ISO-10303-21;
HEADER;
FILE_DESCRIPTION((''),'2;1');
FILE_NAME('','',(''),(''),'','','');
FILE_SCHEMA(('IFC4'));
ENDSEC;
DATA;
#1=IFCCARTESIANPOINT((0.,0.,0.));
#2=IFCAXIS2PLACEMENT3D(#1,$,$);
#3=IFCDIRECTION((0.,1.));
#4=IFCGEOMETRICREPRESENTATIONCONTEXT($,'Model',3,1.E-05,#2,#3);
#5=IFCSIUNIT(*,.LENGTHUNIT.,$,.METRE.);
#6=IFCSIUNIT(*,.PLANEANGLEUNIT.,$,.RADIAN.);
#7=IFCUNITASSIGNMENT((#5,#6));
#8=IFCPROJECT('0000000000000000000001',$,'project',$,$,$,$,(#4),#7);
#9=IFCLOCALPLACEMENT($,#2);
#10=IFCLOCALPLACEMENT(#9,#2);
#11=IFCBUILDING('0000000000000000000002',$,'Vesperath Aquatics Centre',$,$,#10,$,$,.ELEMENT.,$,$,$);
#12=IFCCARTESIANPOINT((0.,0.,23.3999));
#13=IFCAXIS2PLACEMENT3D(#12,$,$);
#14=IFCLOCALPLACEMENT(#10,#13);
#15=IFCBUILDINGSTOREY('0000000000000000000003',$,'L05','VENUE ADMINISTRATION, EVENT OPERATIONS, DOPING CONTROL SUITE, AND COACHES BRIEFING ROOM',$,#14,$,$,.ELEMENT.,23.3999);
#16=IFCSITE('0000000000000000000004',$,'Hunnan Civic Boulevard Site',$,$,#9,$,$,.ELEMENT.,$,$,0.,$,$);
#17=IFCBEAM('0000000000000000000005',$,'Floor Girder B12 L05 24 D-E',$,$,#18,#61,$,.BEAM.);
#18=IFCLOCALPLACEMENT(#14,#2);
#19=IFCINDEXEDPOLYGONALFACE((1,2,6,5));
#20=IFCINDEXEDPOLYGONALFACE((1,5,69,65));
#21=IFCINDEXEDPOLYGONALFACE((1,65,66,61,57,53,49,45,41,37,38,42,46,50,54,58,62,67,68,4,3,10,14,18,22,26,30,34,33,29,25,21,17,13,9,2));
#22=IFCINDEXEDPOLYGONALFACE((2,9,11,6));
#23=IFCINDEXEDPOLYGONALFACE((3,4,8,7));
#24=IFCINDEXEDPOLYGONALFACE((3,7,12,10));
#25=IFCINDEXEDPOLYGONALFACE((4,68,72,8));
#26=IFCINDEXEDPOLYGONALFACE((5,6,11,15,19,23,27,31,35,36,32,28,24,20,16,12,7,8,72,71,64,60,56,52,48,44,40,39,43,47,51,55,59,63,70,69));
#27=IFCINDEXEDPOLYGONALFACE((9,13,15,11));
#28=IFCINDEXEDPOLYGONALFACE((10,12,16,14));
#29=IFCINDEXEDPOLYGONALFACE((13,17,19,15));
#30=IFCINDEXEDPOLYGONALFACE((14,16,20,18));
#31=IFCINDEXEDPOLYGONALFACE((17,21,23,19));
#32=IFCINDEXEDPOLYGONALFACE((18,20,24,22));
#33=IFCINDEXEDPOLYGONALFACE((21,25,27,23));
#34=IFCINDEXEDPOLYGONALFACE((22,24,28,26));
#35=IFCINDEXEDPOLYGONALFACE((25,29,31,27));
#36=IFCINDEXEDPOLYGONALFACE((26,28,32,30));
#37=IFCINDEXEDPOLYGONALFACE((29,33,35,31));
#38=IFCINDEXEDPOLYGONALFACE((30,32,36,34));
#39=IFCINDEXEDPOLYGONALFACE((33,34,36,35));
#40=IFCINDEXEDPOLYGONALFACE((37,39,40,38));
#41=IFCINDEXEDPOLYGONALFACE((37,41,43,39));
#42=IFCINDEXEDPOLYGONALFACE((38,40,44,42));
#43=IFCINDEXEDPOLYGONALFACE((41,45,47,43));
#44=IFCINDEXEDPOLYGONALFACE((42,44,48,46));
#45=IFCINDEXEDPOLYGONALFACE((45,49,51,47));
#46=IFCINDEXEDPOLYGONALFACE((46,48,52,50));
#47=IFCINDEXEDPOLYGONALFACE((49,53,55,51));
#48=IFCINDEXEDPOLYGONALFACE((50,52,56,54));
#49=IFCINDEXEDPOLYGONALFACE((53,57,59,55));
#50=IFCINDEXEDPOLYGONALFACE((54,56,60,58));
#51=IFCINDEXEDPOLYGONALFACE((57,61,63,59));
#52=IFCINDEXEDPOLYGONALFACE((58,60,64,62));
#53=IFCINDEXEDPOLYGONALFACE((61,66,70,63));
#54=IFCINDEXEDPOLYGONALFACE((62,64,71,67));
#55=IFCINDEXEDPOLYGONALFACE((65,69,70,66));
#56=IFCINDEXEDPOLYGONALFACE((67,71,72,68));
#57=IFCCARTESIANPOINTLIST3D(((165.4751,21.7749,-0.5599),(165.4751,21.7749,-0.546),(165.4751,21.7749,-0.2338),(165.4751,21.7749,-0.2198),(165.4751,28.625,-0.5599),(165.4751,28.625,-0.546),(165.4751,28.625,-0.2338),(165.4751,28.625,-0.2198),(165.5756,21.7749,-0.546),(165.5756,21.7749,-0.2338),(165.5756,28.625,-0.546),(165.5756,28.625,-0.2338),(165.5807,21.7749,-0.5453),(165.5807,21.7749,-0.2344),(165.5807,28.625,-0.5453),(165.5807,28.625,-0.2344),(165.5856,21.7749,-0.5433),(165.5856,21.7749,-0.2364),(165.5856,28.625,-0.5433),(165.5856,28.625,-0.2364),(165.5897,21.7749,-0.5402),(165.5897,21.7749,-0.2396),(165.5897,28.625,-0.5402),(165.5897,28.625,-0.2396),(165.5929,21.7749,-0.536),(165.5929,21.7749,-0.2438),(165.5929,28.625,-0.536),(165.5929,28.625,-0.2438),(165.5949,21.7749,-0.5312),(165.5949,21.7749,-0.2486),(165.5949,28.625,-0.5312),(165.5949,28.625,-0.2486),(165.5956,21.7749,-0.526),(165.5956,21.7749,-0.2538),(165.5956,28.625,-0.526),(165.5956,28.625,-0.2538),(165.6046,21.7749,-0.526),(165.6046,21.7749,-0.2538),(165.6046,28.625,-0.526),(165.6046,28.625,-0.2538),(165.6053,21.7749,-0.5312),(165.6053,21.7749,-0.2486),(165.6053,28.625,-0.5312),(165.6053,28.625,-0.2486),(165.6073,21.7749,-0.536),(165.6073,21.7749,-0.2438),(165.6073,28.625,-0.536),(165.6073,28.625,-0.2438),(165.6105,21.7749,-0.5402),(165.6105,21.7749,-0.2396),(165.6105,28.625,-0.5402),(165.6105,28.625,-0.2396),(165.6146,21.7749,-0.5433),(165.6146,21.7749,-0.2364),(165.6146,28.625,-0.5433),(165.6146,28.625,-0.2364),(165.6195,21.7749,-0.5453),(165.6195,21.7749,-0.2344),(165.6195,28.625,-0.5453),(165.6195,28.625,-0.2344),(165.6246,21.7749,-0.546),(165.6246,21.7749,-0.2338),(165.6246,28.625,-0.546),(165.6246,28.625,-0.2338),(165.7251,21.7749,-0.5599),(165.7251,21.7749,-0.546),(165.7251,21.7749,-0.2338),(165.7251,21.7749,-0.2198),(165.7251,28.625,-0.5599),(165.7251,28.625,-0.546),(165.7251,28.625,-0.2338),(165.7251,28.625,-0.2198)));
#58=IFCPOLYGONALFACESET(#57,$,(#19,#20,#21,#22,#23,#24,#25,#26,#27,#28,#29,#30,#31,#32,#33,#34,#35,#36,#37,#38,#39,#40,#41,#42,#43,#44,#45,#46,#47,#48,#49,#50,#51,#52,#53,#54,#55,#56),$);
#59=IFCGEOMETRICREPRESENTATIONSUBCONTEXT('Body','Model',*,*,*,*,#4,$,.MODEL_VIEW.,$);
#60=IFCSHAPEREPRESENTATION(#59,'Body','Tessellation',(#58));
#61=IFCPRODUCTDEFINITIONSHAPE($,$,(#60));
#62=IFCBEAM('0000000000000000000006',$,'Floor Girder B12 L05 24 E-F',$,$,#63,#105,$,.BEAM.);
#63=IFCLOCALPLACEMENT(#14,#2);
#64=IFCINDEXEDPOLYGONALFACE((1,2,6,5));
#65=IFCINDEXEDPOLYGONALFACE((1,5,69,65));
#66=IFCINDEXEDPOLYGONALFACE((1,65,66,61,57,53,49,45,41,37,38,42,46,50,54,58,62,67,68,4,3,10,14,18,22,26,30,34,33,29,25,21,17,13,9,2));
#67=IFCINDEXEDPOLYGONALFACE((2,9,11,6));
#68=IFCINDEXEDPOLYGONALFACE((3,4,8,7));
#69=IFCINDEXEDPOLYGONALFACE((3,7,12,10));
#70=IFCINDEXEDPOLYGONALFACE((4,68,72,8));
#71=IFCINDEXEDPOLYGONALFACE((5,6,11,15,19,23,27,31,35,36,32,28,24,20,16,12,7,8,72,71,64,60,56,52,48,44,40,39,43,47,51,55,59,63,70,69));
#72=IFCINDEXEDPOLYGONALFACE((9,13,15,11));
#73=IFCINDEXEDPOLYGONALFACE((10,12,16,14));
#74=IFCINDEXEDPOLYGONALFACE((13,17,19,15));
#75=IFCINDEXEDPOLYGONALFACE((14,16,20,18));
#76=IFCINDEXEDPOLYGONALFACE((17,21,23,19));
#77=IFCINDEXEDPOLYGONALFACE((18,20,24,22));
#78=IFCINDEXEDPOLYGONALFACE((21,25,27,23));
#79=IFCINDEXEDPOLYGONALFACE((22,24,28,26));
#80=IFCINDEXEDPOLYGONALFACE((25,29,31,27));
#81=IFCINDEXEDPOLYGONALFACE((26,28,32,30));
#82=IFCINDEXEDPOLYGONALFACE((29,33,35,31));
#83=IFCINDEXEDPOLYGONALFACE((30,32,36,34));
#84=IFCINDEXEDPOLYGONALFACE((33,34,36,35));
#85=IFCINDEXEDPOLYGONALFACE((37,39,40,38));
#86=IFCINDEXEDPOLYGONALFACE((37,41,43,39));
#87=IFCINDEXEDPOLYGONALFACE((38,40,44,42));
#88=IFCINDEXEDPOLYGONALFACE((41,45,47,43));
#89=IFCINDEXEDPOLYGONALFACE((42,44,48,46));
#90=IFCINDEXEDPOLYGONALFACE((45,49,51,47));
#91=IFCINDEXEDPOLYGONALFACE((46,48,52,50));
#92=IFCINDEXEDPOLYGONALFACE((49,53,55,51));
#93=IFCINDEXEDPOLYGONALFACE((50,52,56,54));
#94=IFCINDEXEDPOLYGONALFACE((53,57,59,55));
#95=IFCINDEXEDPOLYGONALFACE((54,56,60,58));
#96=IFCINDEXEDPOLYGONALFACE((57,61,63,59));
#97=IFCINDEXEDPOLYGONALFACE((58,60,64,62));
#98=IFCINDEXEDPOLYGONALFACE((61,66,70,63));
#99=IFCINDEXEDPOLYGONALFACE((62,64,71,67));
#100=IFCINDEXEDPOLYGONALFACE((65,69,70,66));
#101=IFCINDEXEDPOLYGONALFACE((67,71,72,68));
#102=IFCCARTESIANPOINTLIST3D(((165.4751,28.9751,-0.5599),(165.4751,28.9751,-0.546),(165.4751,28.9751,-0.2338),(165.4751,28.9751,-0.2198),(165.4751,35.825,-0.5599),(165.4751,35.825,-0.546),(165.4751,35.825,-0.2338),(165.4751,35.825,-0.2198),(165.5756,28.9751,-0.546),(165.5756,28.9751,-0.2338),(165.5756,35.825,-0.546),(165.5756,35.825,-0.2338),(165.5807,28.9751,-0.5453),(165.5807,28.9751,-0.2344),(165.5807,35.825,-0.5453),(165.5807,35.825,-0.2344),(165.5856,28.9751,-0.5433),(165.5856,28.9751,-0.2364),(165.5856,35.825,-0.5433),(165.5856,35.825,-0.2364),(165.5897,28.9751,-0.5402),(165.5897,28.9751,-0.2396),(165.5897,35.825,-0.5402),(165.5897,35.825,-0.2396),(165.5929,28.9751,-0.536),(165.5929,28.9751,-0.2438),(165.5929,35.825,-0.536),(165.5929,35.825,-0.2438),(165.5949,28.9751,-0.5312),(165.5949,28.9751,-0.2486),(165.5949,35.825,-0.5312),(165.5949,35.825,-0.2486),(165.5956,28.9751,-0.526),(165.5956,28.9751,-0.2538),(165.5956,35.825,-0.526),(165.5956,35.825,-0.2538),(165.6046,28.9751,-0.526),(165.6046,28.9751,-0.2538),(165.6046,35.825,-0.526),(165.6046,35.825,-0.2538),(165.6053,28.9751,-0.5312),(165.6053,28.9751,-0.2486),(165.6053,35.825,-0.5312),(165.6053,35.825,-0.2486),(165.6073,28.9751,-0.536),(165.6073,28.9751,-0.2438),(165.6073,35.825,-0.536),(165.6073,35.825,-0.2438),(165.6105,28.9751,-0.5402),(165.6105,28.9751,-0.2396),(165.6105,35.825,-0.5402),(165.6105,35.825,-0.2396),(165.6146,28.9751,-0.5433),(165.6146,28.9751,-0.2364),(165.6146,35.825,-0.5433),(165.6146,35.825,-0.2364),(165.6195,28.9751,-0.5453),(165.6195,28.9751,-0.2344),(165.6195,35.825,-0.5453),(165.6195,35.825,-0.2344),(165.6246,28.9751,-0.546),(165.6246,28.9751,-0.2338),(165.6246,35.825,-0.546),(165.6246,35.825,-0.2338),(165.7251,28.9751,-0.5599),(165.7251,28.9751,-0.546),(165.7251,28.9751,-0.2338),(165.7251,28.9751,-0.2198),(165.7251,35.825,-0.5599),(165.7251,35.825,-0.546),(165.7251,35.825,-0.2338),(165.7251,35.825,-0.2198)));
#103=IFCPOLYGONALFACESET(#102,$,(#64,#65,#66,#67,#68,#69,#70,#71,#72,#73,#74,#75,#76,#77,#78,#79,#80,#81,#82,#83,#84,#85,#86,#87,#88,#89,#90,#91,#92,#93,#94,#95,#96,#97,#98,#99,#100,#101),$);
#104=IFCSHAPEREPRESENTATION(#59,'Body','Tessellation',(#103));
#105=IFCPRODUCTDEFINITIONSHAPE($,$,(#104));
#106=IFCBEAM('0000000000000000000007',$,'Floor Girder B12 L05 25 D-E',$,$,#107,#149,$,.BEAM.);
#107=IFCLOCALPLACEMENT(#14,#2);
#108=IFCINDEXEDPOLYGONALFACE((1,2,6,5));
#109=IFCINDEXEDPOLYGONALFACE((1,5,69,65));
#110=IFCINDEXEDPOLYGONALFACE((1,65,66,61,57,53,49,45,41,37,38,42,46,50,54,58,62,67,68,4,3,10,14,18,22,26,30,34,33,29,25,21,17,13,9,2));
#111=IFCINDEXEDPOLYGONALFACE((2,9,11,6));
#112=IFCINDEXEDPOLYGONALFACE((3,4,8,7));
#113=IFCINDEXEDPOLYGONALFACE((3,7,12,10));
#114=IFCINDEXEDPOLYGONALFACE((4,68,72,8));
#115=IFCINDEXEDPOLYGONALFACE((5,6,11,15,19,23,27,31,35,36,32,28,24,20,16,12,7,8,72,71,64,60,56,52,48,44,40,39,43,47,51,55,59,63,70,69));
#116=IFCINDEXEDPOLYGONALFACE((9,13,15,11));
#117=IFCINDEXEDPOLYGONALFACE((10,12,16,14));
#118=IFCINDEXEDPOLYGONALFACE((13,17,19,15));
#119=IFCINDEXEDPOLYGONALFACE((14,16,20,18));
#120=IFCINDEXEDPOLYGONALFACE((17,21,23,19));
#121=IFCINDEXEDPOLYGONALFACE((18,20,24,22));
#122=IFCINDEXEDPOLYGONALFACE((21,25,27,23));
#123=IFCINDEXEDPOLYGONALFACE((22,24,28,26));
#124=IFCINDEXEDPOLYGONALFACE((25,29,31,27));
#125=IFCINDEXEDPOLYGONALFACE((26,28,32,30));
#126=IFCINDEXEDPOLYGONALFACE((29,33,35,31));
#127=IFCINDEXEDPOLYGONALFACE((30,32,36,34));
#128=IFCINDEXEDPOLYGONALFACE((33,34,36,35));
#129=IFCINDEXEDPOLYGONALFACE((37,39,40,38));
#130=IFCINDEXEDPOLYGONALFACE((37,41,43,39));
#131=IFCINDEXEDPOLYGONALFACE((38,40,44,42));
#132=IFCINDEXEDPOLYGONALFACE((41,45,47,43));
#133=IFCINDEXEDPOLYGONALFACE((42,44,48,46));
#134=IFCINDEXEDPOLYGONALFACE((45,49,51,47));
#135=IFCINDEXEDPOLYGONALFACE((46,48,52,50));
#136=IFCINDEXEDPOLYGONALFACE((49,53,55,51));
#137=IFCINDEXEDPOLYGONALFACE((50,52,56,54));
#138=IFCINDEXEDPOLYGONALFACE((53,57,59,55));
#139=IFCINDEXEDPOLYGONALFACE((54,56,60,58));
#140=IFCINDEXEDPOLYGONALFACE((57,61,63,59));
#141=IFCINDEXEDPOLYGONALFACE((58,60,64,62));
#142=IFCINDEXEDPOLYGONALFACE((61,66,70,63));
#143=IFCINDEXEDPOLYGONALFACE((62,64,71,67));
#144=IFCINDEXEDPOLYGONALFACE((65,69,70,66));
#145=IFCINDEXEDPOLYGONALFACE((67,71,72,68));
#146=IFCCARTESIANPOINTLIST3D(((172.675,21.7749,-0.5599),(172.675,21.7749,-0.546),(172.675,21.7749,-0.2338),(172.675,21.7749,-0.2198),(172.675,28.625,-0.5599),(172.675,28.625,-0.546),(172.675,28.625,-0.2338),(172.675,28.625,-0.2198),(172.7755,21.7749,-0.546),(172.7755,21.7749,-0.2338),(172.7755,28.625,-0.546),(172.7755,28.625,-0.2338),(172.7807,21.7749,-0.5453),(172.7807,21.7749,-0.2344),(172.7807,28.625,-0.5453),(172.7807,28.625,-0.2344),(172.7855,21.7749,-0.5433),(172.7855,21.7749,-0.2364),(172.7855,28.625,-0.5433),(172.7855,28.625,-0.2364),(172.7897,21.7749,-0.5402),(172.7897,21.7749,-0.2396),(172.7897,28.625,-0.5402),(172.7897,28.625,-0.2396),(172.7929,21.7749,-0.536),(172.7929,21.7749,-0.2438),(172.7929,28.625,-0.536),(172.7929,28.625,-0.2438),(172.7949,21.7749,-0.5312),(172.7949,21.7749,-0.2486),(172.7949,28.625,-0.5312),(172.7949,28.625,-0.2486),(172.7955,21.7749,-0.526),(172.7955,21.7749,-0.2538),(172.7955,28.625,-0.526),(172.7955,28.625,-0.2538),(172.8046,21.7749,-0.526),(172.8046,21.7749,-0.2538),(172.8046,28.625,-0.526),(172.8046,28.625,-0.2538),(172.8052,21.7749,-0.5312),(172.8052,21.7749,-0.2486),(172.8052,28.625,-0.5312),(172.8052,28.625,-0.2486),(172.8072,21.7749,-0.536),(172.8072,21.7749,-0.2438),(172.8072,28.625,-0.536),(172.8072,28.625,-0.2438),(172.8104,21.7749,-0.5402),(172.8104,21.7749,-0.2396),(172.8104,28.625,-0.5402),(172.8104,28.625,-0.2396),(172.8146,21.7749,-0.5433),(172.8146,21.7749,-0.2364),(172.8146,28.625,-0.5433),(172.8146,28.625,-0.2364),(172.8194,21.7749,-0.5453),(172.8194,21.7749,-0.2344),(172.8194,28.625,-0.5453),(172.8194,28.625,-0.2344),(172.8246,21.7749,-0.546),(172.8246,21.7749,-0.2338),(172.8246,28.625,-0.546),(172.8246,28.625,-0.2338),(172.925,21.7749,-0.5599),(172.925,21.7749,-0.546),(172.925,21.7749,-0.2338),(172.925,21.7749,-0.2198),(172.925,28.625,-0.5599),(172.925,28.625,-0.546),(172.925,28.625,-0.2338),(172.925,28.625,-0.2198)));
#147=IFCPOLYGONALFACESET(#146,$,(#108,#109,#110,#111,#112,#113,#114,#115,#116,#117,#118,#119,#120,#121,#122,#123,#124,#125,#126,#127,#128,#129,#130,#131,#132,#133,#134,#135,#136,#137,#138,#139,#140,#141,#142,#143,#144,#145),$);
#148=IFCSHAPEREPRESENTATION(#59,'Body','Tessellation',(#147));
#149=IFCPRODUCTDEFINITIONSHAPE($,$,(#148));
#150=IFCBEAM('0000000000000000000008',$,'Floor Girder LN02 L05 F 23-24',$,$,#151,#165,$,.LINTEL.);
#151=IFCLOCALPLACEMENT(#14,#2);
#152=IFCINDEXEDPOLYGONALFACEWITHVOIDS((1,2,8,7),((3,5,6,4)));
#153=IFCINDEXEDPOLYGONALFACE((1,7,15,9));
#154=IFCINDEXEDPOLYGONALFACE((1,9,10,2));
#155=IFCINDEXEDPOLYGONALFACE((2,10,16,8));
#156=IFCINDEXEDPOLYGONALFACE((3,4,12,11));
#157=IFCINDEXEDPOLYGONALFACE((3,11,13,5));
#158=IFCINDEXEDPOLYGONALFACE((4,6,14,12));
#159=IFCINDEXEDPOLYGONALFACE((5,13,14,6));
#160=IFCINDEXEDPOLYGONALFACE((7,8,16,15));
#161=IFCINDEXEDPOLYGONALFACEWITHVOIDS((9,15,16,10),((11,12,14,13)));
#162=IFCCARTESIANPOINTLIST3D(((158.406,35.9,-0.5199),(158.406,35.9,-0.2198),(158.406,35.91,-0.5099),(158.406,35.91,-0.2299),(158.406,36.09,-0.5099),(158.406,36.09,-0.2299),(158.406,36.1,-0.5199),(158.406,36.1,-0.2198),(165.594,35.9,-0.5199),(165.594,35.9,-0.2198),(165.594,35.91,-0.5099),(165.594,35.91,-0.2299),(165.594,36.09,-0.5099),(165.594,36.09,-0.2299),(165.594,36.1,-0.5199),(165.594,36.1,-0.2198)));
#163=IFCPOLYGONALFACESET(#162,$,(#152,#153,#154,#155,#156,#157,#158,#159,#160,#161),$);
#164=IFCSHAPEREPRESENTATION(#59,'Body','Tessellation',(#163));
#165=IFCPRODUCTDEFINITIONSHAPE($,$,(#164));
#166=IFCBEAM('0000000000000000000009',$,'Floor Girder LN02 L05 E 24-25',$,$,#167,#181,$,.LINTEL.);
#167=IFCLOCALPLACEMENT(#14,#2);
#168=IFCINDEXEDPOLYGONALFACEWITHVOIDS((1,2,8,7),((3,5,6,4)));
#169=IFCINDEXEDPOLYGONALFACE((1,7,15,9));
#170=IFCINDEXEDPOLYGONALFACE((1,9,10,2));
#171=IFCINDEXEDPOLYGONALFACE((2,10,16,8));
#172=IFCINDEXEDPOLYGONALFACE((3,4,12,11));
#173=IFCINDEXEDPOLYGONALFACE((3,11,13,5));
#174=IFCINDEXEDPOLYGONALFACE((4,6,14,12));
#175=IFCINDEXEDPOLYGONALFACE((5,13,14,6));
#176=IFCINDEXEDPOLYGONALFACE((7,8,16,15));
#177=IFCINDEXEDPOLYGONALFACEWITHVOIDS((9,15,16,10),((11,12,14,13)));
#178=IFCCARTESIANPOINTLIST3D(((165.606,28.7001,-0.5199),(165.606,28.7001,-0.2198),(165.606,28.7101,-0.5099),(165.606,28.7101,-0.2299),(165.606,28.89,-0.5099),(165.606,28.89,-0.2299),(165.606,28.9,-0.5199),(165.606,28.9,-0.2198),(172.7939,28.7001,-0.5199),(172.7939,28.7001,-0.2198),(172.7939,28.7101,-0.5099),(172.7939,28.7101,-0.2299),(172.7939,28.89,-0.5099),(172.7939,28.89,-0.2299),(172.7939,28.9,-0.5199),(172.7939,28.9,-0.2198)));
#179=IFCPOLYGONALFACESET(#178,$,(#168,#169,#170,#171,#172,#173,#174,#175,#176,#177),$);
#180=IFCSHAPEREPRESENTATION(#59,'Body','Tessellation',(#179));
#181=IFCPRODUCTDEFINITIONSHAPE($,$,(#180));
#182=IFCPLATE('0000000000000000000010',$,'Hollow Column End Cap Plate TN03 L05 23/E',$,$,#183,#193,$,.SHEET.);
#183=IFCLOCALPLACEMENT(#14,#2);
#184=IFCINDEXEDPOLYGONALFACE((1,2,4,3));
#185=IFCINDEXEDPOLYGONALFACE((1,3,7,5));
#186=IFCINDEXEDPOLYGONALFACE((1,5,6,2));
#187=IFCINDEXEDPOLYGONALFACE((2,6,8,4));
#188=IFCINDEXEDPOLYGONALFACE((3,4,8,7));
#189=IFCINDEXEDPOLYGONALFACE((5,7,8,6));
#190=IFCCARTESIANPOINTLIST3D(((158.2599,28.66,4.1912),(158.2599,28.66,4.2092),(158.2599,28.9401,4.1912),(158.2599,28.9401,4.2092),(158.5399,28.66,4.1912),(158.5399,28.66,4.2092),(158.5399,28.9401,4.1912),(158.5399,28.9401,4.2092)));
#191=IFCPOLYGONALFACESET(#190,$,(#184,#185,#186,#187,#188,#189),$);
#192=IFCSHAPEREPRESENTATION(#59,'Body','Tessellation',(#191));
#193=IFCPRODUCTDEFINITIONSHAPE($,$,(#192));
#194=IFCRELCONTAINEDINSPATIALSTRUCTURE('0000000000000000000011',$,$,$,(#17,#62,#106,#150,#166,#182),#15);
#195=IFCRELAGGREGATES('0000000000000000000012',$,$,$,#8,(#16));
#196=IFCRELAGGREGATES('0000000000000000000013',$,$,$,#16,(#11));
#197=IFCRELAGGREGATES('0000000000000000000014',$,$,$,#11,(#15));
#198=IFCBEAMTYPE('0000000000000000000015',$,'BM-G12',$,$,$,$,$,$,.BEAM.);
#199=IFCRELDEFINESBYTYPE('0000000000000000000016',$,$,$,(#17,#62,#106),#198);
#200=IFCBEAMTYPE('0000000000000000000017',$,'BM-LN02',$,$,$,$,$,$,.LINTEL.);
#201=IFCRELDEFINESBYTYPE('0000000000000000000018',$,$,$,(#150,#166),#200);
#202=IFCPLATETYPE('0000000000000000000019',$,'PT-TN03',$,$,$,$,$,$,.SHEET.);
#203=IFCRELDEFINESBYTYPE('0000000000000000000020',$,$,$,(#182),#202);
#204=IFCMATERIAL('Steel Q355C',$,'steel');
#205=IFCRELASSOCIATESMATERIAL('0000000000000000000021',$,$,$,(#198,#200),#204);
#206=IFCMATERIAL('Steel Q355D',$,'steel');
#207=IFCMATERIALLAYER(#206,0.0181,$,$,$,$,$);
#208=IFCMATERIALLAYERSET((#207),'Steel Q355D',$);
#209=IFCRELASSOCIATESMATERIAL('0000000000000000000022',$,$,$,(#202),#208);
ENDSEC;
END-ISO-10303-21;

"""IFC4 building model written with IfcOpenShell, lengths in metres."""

from ifc_helpers import new_model, si_unit, direction, frame, origin, origin_2d, place, context, subcontext, project, spatial, rectangle, hollow_rectangle, i_section, extrude, material, layer, layer_set, material_profile, profile_set, type_object, element, save


model = new_model("IFC4")

# Units and contexts
model_context = context("Model", 3, precision=1e-05, world=origin(), true_north=direction((0.0, 1.0)))
body_context = subcontext(model_context, "Body", "Model", "MODEL_VIEW")
ifc_project = project(units=[si_unit("LENGTHUNIT", "METRE"), si_unit("PLANEANGLEUNIT", "RADIAN")], contexts=[model_context])

# Site, building, storey
site_placement = place(None, origin())
site = spatial("IfcSite", under=ifc_project, at=site_placement, Name="Hunnan Civic Boulevard Site", CompositionType="ELEMENT", RefElevation=0.0)
building_placement = place(site_placement, origin())
building = spatial("IfcBuilding", under=site, at=building_placement, Name="Vesperath Aquatics Centre", CompositionType="ELEMENT")
storey_placement = place(building_placement, frame((0.0, 0.0, 23.3999)))
storey = spatial("IfcBuildingStorey", under=building, at=storey_placement, Name="L05", Description="VENUE ADMINISTRATION, EVENT OPERATIONS, DOPING CONTROL SUITE, AND COACHES BRIEFING ROOM", CompositionType="ELEMENT", Elevation=23.3999)

# Shared definitions
ifc_material_1 = material(Name="Steel Q355C", Category="steel")

# Beams
ifc_material_profile_1 = material_profile(ifc_material_1, i_section(OverallWidth=0.25, OverallDepth=0.3401, WebThickness=0.009, FlangeThickness=0.0139, FilletRadius=0.02, at=origin_2d()), Name="HM 340x250x9x14")
ifc_profile_set_1 = profile_set([ifc_material_profile_1], Name="Steel Q355C")
beam_type_1 = type_object("IfcBeamType", Name="BM-G12", PredefinedType="BEAM", material=ifc_profile_set_1)
beam_1_placement = place(storey_placement, frame((165.6001, 21.7749, -0.3899), z_axis=(0.0, 1.0, 0.0), x_axis=(-1.0, 0.0, 0.0)))
element("IfcBeam", 1, at=beam_1_placement, inside=storey, type_object=beam_type_1, Name="Floor Girder B12 L05 24 D-E", PredefinedType="BEAM", context=body_context, shape_type="SweptSolid", body=[
    extrude(i_section(OverallWidth=0.25, OverallDepth=0.3401, WebThickness=0.009, FlangeThickness=0.0139, FilletRadius=0.02, at=origin_2d()), origin(), (0.0, 0.0, 1.0), 6.8501),
])
beam_2_placement = place(storey_placement, frame((165.6001, 28.9751, -0.3899), z_axis=(0.0, 1.0, 0.0), x_axis=(-1.0, 0.0, 0.0)))
element("IfcBeam", 2, at=beam_2_placement, inside=storey, type_object=beam_type_1, Name="Floor Girder B12 L05 24 E-F", PredefinedType="BEAM", context=body_context, shape_type="SweptSolid", body=[
    extrude(i_section(OverallWidth=0.25, OverallDepth=0.3401, WebThickness=0.009, FlangeThickness=0.0139, FilletRadius=0.02, at=origin_2d()), origin(), (0.0, 0.0, 1.0), 6.8499),
])
beam_3_placement = place(storey_placement, frame((172.8, 21.7749, -0.3899), z_axis=(0.0, 1.0, 0.0), x_axis=(-1.0, 0.0, 0.0)))
element("IfcBeam", 3, at=beam_3_placement, inside=storey, type_object=beam_type_1, Name="Floor Girder B12 L05 25 D-E", PredefinedType="BEAM", context=body_context, shape_type="SweptSolid", body=[
    extrude(i_section(OverallWidth=0.25, OverallDepth=0.3401, WebThickness=0.009, FlangeThickness=0.0139, FilletRadius=0.02, at=origin_2d()), origin(), (0.0, 0.0, 1.0), 6.8501),
])
ifc_material_profile_2 = material_profile(ifc_material_1, hollow_rectangle(XDim=0.2, YDim=0.3, WallThickness=0.01, at=origin_2d()), Name="RHS 300x200x10")
ifc_profile_set_2 = profile_set([ifc_material_profile_2], Name="Steel Q355C")
beam_type_2 = type_object("IfcBeamType", Name="BM-LN02", PredefinedType="LINTEL", material=ifc_profile_set_2)
for number, where, z_axis, x_axis, name in (
    (4, (158.406, 36.0, -0.3699), (1.0, 0.0, 0.0), (0.0, 1.0, 0.0), "Floor Girder LN02 L05 F 23-24"),
    (5, (165.606, 28.8, -0.3699), (1.0, 0.0, 0.0), (0.0, 1.0, 0.0), "Floor Girder LN02 L05 E 24-25"),
):
    element("IfcBeam", number, at=place(storey_placement, frame(where, z_axis=z_axis, x_axis=x_axis)), inside=storey, type_object=beam_type_2, Name=name, PredefinedType="LINTEL", context=body_context, shape_type="SweptSolid", body=[
        extrude(hollow_rectangle(XDim=0.2, YDim=0.3, WallThickness=0.01, at=origin_2d()), origin(), (0.0, 0.0, 1.0), 7.188),
    ])

# Plate
ifc_material_2 = material(Name="Steel Q355D", Category="steel")
ifc_layer_1 = layer(ifc_material_2, 0.0181)
ifc_layer_set_1 = layer_set([ifc_layer_1], Name="Steel Q355D")
plate_type = type_object("IfcPlateType", Name="PT-TN03", PredefinedType="SHEET", material=ifc_layer_set_1)
for number, where, z_axis, x_axis, name in (
    (6, (158.3999, 28.8, 4.1912), (0.0, 0.0, 1.0), (1.0, 0.0, 0.0), "Hollow Column End Cap Plate TN03 L05 23/E"),
):
    element("IfcPlate", number, at=place(storey_placement, frame(where, z_axis=z_axis, x_axis=x_axis)), inside=storey, type_object=plate_type, Name=name, PredefinedType="SHEET", context=body_context, shape_type="SweptSolid", body=[
        extrude(rectangle(XDim=0.28, YDim=0.28, at=origin_2d()), origin(), (0.0, 0.0, 1.0), 0.0181),
    ])

save(model, "model.ifc")
